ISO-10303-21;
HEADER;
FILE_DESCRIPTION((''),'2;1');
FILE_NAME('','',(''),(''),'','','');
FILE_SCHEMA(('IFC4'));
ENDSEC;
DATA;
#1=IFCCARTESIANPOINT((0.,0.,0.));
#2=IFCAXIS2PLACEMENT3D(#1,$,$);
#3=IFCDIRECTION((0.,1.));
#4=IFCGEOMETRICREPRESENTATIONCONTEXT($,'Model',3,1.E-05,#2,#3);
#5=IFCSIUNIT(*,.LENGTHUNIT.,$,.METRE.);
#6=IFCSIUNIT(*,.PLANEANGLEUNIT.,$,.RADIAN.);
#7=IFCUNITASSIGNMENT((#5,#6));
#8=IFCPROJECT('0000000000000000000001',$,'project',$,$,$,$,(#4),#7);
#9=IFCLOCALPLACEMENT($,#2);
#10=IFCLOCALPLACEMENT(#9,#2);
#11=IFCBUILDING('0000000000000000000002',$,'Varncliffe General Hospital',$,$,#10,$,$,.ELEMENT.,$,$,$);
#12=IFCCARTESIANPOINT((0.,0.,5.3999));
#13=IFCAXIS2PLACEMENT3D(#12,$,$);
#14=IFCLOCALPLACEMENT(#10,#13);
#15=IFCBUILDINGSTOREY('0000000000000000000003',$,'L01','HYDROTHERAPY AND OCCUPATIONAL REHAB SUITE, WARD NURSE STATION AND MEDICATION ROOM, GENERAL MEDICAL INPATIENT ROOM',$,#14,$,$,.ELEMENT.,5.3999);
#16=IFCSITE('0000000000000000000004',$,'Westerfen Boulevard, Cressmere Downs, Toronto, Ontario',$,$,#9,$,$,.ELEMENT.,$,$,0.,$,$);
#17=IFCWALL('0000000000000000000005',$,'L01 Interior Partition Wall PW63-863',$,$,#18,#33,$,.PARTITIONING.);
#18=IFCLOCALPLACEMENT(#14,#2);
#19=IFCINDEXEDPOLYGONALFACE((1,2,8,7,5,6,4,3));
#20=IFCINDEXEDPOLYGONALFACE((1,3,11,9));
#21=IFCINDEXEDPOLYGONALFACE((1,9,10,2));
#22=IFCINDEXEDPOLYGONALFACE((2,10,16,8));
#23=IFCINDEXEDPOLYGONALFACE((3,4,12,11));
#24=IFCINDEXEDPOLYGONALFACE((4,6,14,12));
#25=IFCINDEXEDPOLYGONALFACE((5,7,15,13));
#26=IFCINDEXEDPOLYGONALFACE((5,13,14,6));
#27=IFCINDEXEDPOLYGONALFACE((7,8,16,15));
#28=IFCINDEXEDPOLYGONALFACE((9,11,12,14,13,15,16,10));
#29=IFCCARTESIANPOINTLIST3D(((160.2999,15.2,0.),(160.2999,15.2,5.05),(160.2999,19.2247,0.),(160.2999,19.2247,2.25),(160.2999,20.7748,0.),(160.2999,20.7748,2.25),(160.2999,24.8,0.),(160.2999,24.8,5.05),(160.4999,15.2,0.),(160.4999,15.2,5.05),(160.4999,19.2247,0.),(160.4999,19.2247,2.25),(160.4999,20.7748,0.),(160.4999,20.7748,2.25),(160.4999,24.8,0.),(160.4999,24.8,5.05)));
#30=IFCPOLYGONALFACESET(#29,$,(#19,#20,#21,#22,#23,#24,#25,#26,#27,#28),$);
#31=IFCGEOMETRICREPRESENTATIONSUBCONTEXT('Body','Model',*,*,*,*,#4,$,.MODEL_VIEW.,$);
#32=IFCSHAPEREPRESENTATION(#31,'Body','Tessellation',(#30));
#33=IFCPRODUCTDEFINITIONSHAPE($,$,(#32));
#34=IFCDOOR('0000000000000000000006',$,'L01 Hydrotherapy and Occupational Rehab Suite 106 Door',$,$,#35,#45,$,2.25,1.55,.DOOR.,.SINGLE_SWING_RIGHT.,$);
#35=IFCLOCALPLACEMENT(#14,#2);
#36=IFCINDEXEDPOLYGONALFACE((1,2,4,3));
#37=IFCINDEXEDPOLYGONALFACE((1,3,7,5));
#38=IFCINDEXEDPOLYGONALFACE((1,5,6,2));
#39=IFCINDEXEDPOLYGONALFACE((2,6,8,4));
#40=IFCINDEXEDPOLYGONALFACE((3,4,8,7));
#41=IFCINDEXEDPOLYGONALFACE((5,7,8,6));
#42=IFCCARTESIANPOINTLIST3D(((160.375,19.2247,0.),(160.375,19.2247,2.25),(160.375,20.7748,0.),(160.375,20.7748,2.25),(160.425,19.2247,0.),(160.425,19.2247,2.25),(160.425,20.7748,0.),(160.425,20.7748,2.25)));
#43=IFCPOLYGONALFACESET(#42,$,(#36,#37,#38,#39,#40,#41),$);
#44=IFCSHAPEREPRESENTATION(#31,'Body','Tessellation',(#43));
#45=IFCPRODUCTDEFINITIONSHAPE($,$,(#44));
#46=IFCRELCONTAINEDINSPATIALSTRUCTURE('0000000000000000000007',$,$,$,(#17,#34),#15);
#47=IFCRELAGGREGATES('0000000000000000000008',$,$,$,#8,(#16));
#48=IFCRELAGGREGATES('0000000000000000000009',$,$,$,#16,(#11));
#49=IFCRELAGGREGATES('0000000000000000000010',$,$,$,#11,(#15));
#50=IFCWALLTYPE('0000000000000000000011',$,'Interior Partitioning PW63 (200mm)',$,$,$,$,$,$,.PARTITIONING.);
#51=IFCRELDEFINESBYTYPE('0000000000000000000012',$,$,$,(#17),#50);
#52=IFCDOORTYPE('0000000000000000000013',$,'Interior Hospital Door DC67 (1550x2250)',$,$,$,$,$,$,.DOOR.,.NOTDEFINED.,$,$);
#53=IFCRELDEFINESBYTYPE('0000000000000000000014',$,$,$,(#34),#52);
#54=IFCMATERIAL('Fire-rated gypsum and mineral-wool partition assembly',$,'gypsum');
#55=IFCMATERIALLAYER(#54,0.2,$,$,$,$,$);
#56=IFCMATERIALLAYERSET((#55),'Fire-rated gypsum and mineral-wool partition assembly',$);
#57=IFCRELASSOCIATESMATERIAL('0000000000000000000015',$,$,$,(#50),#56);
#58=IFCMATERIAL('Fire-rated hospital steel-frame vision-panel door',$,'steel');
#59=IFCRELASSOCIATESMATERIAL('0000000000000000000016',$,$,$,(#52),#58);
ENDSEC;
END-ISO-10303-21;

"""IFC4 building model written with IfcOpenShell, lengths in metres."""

from ifc_helpers import new_model, si_unit, direction, frame, frame_2d, origin, place, context, subcontext, project, spatial, rectangle, extrude, material, layer, layer_set, type_object, element, fill, save


model = new_model("IFC4")

# Units and contexts
model_context = context("Model", 3, precision=1e-05, world=origin(), true_north=direction((0.0, 1.0)))
body_context = subcontext(model_context, "Body", "Model", "MODEL_VIEW")
ifc_project = project(units=[si_unit("LENGTHUNIT", "METRE"), si_unit("PLANEANGLEUNIT", "RADIAN")], contexts=[model_context])

# Site, building, storey
site_placement = place(None, origin())
site = spatial("IfcSite", under=ifc_project, at=site_placement, Name="Westerfen Boulevard, Cressmere Downs, Toronto, Ontario", CompositionType="ELEMENT", RefElevation=0.0)
building_placement = place(site_placement, origin())
building = spatial("IfcBuilding", under=site, at=building_placement, Name="Varncliffe General Hospital", CompositionType="ELEMENT")
storey_placement = place(building_placement, frame((0.0, 0.0, 5.3999)))
storey = spatial("IfcBuildingStorey", under=building, at=storey_placement, Name="L01", Description="HYDROTHERAPY AND OCCUPATIONAL REHAB SUITE, WARD NURSE STATION AND MEDICATION ROOM, GENERAL MEDICAL INPATIENT ROOM", CompositionType="ELEMENT", Elevation=5.3999)

# Wall, opening, door
ifc_material_1 = material(Name="Fire-rated gypsum and mineral-wool partition assembly", Category="gypsum")
ifc_layer_1 = layer(ifc_material_1, 0.2)
ifc_layer_set_1 = layer_set([ifc_layer_1], Name="Fire-rated gypsum and mineral-wool partition assembly")
wall_type_1 = type_object("IfcWallType", Name="Interior Partitioning PW63 (200mm)", PredefinedType="PARTITIONING", material=ifc_layer_set_1)
ifc_material_2 = material(Name="Fire-rated hospital steel-frame vision-panel door", Category="steel")
wall_1_placement = place(storey_placement, frame((160.3999, 15.2, 0.0), z_axis=(0.0, 0.0, 1.0), x_axis=(0.0, 1.0, 0.0)))
wall_1 = element("IfcWall", 1, at=wall_1_placement, inside=storey, type_object=wall_type_1, Name="L01 Interior Partition Wall PW63-863", PredefinedType="PARTITIONING", context=body_context, shape_type="SweptSolid", body=[
    extrude(rectangle(XDim=9.6001, YDim=0.2, at=frame_2d((4.8, 0.0))), origin(), (0.0, 0.0, 1.0), 5.05),
])
opening_1_placement = place(wall_1_placement, frame((4.0249, 0.0, 0.0)))
opening_1 = element("IfcOpeningElement", 2, at=opening_1_placement, cuts=wall_1, PredefinedType="OPENING", context=body_context, shape_type="SweptSolid", body=[
    extrude(rectangle(XDim=1.55, YDim=2.25, at=frame_2d((0.7749, 1.125))), frame((0.0, 0.1099, 0.0), z_axis=(0.0, -1.0, 0.0), x_axis=(1.0, 0.0, 0.0)), (0.0, 0.0, 1.0), 0.22),
])
door_type_1 = type_object("IfcDoorType", Name="Interior Hospital Door DC67 (1550x2250)", OperationType="NOTDEFINED", PredefinedType="DOOR", material=ifc_material_2)
door_1_placement = place(opening_1_placement, origin())
door_1 = element("IfcDoor", 3, at=door_1_placement, inside=storey, type_object=door_type_1, Name="L01 Hydrotherapy and Occupational Rehab Suite 106 Door", OperationType="SINGLE_SWING_RIGHT", OverallHeight=2.25, OverallWidth=1.55, PredefinedType="DOOR", context=body_context, shape_type="SweptSolid", body=[
    extrude(rectangle(XDim=1.55, YDim=2.25, at=frame_2d((0.7749, 1.125))), frame((0.0, 0.0249, 0.0), z_axis=(0.0, -1.0, 0.0), x_axis=(1.0, 0.0, 0.0)), (0.0, 0.0, 1.0), 0.05),
])
fill(opening_1, door_1)

save(model, "model.ifc")
